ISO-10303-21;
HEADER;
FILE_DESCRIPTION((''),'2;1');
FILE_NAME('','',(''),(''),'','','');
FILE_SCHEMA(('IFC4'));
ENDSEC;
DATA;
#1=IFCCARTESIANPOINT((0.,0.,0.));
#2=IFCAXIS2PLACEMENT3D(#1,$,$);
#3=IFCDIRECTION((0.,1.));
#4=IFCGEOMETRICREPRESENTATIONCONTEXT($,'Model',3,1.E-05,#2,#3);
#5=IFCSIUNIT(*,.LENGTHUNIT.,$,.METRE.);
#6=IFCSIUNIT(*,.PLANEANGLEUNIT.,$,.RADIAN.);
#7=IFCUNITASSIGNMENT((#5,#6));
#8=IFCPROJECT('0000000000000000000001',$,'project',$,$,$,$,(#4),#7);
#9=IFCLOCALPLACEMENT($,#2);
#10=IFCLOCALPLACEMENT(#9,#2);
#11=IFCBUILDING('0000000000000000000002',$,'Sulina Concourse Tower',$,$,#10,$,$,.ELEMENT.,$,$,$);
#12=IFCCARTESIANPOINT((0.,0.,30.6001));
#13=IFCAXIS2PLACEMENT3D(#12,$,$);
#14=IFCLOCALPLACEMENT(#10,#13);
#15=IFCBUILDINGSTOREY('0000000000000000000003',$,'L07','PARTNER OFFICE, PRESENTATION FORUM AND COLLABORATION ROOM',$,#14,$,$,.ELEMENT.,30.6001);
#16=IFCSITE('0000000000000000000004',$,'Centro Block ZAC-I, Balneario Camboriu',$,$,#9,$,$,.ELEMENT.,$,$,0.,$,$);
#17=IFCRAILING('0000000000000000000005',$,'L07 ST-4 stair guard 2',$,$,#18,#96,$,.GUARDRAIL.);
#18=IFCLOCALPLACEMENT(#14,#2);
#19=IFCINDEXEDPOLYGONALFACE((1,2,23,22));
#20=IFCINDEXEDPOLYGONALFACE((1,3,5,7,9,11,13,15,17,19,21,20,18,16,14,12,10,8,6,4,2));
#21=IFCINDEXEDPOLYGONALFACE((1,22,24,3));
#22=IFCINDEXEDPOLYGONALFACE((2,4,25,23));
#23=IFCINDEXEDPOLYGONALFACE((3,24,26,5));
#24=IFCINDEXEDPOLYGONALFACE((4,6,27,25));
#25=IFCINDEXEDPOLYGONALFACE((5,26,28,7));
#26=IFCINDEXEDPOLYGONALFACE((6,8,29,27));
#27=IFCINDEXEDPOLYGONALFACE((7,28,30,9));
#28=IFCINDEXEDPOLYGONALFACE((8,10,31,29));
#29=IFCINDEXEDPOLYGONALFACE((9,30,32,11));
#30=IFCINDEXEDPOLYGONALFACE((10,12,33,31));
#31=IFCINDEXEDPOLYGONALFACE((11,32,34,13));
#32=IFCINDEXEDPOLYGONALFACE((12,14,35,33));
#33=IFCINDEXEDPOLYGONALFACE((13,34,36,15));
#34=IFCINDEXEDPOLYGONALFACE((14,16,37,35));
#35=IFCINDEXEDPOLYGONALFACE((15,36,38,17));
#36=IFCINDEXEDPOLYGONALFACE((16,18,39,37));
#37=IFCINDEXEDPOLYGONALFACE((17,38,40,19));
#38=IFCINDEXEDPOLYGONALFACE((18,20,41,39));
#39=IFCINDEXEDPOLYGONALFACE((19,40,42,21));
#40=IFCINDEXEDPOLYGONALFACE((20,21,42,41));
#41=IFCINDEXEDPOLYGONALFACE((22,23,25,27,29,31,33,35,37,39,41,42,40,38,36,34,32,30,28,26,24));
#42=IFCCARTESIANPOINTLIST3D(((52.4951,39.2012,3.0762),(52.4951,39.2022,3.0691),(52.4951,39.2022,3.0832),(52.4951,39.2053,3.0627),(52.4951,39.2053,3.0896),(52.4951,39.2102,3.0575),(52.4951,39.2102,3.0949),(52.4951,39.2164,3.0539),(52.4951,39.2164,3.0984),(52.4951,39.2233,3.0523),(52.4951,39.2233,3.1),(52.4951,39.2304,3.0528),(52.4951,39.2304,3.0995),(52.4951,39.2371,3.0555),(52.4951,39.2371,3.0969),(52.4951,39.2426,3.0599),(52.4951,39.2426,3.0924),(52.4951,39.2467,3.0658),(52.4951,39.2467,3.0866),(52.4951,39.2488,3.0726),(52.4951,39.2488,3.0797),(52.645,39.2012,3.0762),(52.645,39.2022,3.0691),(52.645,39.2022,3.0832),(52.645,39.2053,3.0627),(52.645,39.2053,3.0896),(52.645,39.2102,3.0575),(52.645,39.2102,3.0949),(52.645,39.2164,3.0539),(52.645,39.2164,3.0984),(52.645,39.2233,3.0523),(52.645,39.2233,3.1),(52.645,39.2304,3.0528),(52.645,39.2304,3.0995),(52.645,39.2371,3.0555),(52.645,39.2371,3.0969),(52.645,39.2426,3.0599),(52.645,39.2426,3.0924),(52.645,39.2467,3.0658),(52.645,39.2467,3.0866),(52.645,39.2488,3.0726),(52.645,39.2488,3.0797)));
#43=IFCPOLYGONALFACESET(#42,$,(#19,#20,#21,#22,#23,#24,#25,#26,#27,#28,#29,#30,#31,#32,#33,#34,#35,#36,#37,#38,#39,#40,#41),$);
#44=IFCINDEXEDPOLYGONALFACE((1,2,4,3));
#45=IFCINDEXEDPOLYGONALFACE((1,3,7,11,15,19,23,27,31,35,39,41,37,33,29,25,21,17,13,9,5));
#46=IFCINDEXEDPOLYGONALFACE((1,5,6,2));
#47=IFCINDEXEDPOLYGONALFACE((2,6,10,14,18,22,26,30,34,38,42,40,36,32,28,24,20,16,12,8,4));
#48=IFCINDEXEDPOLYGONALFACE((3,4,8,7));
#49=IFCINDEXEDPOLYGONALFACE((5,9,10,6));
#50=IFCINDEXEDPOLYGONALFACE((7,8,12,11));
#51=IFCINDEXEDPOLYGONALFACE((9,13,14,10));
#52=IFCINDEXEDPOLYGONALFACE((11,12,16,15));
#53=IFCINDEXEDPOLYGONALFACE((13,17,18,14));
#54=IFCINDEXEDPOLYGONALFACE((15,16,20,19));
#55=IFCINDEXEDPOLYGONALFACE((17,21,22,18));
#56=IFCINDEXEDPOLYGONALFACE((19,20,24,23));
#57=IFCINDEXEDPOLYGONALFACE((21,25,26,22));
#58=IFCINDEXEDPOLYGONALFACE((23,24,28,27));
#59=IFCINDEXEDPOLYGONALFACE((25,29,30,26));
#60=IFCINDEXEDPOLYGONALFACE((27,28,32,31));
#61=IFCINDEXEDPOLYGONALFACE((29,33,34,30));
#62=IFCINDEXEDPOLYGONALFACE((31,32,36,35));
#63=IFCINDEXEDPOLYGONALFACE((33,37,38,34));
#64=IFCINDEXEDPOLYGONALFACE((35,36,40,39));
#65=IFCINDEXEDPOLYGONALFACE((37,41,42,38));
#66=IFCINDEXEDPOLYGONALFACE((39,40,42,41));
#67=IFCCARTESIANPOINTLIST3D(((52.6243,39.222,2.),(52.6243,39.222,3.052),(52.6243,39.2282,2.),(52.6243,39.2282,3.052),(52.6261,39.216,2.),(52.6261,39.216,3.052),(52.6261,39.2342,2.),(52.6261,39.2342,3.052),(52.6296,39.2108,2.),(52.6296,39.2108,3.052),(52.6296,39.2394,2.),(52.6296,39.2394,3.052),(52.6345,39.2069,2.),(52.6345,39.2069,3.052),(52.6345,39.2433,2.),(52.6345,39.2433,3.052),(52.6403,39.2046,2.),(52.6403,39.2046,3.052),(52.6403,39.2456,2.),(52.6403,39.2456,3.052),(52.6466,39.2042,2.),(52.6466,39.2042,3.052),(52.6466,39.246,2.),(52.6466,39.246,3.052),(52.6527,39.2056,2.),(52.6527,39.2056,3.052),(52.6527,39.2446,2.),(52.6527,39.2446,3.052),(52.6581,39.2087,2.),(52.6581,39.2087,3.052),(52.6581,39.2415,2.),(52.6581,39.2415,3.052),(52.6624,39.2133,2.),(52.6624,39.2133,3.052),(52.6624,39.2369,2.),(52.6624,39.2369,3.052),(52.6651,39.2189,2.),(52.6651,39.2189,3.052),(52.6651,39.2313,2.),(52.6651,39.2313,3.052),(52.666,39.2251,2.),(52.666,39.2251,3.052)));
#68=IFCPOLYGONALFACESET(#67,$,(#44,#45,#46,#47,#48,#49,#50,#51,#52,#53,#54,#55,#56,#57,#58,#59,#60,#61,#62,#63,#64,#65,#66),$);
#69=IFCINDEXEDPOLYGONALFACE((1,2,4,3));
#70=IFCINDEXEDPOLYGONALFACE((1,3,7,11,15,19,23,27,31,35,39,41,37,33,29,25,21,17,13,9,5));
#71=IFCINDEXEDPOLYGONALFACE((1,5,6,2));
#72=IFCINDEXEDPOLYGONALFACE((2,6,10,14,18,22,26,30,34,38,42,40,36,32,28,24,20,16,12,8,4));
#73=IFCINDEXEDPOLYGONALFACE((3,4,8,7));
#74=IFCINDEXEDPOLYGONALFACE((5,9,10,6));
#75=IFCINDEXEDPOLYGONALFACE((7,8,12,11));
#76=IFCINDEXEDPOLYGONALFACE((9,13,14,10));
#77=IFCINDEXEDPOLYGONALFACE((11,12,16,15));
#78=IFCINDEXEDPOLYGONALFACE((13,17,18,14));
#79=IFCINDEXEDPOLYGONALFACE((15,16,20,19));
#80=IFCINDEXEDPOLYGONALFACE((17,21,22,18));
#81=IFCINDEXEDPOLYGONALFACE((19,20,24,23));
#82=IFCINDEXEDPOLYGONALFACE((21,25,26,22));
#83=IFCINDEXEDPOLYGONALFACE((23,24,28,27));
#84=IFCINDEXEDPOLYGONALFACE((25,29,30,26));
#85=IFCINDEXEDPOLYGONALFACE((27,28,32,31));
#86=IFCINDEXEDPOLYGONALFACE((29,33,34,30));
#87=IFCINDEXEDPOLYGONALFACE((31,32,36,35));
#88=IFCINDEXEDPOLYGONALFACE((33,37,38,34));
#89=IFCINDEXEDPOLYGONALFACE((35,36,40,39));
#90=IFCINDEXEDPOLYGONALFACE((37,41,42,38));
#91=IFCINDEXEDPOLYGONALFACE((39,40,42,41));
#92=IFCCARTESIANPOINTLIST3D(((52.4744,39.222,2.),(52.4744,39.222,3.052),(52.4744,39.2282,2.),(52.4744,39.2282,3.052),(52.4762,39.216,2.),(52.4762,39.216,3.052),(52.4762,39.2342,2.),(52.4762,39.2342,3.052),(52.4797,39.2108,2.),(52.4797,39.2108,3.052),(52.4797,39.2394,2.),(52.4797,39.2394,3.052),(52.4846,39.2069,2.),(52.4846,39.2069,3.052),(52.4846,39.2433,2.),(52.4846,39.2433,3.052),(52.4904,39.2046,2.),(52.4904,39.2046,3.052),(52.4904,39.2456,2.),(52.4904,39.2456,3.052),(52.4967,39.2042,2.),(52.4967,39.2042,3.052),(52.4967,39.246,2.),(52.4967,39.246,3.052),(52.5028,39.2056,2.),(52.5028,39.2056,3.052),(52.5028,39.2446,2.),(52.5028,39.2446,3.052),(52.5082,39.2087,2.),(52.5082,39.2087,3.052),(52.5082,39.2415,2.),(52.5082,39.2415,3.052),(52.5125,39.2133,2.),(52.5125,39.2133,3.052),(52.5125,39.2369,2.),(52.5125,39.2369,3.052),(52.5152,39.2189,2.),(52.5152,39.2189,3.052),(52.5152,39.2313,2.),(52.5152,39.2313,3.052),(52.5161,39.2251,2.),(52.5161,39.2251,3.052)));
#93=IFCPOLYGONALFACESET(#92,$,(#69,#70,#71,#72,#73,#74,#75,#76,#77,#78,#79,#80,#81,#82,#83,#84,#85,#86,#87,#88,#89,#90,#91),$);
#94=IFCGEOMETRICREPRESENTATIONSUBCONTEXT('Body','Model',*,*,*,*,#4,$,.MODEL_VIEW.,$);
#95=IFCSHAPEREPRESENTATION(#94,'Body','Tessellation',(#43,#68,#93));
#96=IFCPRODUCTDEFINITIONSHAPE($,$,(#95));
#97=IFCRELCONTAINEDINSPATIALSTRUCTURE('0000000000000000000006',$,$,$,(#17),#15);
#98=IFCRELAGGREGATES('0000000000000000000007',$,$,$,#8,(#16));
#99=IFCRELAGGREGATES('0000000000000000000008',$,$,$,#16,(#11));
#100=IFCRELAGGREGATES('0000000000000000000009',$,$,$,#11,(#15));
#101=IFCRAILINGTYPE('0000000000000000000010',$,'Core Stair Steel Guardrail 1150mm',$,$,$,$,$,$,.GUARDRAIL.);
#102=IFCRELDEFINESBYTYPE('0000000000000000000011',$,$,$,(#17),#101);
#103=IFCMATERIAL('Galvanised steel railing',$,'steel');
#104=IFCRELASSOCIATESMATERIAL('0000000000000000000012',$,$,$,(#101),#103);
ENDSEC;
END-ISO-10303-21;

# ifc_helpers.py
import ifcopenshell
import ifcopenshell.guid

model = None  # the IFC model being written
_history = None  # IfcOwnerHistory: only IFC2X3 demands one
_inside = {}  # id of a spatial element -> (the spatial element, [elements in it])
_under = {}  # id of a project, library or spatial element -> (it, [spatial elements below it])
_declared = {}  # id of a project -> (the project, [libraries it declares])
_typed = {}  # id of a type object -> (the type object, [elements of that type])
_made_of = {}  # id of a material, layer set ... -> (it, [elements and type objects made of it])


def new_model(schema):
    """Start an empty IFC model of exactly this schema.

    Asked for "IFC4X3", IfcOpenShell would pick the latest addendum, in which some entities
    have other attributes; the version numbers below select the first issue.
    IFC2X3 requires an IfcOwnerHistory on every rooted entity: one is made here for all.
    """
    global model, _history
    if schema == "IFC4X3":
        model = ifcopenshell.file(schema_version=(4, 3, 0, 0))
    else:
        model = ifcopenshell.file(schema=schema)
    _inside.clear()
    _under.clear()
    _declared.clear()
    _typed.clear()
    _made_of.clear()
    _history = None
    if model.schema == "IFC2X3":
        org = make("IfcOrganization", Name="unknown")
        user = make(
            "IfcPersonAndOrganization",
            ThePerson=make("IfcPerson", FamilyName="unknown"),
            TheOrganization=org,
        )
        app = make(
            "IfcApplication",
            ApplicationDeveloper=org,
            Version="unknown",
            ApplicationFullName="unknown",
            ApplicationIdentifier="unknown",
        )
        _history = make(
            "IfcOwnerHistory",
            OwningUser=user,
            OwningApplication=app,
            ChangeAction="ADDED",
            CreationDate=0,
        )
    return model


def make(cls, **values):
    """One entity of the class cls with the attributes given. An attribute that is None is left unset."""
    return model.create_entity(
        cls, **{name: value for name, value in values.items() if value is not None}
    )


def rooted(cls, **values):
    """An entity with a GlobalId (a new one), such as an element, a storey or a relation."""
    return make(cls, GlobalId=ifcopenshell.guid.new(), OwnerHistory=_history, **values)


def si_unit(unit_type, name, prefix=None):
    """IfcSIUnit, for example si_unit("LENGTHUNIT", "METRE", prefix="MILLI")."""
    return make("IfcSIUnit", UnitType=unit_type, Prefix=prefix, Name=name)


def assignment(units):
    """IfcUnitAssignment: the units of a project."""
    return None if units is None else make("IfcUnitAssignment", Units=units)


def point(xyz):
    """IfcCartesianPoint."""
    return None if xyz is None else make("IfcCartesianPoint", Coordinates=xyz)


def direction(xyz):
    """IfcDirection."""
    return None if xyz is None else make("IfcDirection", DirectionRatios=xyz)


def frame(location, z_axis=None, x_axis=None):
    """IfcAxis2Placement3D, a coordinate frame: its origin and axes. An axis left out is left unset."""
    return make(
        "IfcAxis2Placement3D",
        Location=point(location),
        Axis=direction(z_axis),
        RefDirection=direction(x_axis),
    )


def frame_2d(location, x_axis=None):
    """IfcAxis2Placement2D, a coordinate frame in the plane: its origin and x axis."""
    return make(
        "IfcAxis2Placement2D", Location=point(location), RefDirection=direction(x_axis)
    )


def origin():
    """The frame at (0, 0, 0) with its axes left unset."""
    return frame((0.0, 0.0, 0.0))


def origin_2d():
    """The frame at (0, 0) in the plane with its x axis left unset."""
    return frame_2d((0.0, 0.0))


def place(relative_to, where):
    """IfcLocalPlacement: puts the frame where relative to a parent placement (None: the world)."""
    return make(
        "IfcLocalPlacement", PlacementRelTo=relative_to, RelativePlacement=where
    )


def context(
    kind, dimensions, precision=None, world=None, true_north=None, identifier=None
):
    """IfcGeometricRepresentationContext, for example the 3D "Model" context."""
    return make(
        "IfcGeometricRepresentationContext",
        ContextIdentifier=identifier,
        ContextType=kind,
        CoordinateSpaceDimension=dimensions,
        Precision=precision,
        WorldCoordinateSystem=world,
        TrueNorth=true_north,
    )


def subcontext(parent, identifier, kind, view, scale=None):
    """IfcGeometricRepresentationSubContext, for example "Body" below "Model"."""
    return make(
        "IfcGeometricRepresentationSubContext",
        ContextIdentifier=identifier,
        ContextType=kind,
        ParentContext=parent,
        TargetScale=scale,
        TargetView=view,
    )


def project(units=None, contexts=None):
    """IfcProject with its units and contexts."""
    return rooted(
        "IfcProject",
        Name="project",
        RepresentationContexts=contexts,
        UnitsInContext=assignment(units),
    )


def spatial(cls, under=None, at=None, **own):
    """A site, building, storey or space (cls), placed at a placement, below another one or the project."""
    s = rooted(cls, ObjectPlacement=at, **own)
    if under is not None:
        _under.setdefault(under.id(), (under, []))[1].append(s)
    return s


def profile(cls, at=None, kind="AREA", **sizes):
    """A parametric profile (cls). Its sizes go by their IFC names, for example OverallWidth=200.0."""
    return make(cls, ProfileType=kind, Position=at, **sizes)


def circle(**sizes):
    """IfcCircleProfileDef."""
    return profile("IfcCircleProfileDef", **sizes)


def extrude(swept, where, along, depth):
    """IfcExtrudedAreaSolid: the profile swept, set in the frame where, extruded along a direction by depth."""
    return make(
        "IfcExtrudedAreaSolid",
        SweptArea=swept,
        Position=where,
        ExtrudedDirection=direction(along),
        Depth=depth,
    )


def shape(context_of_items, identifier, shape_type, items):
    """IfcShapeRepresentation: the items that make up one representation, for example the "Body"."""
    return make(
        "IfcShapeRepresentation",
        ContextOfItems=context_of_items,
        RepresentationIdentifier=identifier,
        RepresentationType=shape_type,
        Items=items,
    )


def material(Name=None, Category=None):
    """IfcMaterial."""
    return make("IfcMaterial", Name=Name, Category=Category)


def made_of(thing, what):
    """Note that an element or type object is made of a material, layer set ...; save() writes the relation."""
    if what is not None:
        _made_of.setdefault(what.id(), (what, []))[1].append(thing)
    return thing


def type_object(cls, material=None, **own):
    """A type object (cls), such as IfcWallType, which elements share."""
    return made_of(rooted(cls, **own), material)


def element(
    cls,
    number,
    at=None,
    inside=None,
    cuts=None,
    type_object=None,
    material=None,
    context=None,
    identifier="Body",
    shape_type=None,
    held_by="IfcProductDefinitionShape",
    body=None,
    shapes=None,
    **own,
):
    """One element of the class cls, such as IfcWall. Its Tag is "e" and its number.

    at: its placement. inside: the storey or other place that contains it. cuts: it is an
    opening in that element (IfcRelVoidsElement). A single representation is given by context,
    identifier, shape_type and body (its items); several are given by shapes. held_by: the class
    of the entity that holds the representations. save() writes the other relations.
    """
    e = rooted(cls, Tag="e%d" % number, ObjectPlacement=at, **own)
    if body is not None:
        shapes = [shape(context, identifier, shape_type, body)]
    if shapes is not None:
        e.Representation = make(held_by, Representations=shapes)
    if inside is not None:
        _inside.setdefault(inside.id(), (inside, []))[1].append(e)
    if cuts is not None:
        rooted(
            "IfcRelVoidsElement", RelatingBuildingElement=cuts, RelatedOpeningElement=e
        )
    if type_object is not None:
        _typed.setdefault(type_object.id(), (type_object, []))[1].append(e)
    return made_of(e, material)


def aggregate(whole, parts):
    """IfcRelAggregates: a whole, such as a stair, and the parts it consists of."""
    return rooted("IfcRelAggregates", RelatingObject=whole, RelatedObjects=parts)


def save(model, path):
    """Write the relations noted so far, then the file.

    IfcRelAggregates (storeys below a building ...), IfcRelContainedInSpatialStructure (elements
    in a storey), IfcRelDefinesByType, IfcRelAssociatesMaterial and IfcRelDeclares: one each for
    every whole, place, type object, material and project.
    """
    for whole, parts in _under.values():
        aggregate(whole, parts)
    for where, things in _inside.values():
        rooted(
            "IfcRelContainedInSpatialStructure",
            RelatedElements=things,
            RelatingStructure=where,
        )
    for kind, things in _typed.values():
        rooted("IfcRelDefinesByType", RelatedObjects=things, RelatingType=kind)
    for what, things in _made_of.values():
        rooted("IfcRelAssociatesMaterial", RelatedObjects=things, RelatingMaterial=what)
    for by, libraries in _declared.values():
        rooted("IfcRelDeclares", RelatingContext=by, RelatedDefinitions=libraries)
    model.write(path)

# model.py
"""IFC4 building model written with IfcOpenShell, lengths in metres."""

from ifc_helpers import new_model, si_unit, direction, frame, origin, origin_2d, place, context, subcontext, project, spatial, circle, extrude, material, type_object, element, save


model = new_model("IFC4")

# Units and contexts
model_context = context("Model", 3, precision=1e-05, world=origin(), true_north=direction((0.0, 1.0)))
body_context = subcontext(model_context, "Body", "Model", "MODEL_VIEW")
ifc_project = project(units=[si_unit("LENGTHUNIT", "METRE"), si_unit("PLANEANGLEUNIT", "RADIAN")], contexts=[model_context])

# Site, building, storey
site_placement = place(None, origin())
site = spatial("IfcSite", under=ifc_project, at=site_placement, Name="Centro Block ZAC-I, Balneario Camboriu", CompositionType="ELEMENT", RefElevation=0.0)
building_placement = place(site_placement, origin())
building = spatial("IfcBuilding", under=site, at=building_placement, Name="Sulina Concourse Tower", CompositionType="ELEMENT")
storey_placement = place(building_placement, frame((0.0, 0.0, 30.6001)))
storey = spatial("IfcBuildingStorey", under=building, at=storey_placement, Name="L07", Description="PARTNER OFFICE, PRESENTATION FORUM AND COLLABORATION ROOM", CompositionType="ELEMENT", Elevation=30.6001)

# Railing
ifc_material_1 = material(Name="Galvanised steel railing", Category="steel")
railing_type_1 = type_object("IfcRailingType", Name="Core Stair Steel Guardrail 1150mm", PredefinedType="GUARDRAIL", material=ifc_material_1)
railing_1_placement = place(storey_placement, frame((52.645, 39.2251, 2.0)))
element("IfcRailing", 1, at=railing_1_placement, inside=storey, type_object=railing_type_1, Name="L07 ST-4 stair guard 2", PredefinedType="GUARDRAIL", context=body_context, shape_type="SweptSolid", body=[
    extrude(circle(Radius=0.0239, at=origin_2d()), frame((0.0, 0.0, 1.0762), z_axis=(-1.0, 0.0, 0.0), x_axis=(0.0, -1.0, 0.0)), (0.0, 0.0, 1.0), 0.1499),
    extrude(circle(Radius=0.021, at=origin_2d()), origin(), (0.0, 0.0, 1.0), 1.052),
    extrude(circle(Radius=0.021, at=origin_2d()), frame((-0.1499, 0.0, 0.0)), (0.0, 0.0, 1.0), 1.052),
])

save(model, "model.ifc")
